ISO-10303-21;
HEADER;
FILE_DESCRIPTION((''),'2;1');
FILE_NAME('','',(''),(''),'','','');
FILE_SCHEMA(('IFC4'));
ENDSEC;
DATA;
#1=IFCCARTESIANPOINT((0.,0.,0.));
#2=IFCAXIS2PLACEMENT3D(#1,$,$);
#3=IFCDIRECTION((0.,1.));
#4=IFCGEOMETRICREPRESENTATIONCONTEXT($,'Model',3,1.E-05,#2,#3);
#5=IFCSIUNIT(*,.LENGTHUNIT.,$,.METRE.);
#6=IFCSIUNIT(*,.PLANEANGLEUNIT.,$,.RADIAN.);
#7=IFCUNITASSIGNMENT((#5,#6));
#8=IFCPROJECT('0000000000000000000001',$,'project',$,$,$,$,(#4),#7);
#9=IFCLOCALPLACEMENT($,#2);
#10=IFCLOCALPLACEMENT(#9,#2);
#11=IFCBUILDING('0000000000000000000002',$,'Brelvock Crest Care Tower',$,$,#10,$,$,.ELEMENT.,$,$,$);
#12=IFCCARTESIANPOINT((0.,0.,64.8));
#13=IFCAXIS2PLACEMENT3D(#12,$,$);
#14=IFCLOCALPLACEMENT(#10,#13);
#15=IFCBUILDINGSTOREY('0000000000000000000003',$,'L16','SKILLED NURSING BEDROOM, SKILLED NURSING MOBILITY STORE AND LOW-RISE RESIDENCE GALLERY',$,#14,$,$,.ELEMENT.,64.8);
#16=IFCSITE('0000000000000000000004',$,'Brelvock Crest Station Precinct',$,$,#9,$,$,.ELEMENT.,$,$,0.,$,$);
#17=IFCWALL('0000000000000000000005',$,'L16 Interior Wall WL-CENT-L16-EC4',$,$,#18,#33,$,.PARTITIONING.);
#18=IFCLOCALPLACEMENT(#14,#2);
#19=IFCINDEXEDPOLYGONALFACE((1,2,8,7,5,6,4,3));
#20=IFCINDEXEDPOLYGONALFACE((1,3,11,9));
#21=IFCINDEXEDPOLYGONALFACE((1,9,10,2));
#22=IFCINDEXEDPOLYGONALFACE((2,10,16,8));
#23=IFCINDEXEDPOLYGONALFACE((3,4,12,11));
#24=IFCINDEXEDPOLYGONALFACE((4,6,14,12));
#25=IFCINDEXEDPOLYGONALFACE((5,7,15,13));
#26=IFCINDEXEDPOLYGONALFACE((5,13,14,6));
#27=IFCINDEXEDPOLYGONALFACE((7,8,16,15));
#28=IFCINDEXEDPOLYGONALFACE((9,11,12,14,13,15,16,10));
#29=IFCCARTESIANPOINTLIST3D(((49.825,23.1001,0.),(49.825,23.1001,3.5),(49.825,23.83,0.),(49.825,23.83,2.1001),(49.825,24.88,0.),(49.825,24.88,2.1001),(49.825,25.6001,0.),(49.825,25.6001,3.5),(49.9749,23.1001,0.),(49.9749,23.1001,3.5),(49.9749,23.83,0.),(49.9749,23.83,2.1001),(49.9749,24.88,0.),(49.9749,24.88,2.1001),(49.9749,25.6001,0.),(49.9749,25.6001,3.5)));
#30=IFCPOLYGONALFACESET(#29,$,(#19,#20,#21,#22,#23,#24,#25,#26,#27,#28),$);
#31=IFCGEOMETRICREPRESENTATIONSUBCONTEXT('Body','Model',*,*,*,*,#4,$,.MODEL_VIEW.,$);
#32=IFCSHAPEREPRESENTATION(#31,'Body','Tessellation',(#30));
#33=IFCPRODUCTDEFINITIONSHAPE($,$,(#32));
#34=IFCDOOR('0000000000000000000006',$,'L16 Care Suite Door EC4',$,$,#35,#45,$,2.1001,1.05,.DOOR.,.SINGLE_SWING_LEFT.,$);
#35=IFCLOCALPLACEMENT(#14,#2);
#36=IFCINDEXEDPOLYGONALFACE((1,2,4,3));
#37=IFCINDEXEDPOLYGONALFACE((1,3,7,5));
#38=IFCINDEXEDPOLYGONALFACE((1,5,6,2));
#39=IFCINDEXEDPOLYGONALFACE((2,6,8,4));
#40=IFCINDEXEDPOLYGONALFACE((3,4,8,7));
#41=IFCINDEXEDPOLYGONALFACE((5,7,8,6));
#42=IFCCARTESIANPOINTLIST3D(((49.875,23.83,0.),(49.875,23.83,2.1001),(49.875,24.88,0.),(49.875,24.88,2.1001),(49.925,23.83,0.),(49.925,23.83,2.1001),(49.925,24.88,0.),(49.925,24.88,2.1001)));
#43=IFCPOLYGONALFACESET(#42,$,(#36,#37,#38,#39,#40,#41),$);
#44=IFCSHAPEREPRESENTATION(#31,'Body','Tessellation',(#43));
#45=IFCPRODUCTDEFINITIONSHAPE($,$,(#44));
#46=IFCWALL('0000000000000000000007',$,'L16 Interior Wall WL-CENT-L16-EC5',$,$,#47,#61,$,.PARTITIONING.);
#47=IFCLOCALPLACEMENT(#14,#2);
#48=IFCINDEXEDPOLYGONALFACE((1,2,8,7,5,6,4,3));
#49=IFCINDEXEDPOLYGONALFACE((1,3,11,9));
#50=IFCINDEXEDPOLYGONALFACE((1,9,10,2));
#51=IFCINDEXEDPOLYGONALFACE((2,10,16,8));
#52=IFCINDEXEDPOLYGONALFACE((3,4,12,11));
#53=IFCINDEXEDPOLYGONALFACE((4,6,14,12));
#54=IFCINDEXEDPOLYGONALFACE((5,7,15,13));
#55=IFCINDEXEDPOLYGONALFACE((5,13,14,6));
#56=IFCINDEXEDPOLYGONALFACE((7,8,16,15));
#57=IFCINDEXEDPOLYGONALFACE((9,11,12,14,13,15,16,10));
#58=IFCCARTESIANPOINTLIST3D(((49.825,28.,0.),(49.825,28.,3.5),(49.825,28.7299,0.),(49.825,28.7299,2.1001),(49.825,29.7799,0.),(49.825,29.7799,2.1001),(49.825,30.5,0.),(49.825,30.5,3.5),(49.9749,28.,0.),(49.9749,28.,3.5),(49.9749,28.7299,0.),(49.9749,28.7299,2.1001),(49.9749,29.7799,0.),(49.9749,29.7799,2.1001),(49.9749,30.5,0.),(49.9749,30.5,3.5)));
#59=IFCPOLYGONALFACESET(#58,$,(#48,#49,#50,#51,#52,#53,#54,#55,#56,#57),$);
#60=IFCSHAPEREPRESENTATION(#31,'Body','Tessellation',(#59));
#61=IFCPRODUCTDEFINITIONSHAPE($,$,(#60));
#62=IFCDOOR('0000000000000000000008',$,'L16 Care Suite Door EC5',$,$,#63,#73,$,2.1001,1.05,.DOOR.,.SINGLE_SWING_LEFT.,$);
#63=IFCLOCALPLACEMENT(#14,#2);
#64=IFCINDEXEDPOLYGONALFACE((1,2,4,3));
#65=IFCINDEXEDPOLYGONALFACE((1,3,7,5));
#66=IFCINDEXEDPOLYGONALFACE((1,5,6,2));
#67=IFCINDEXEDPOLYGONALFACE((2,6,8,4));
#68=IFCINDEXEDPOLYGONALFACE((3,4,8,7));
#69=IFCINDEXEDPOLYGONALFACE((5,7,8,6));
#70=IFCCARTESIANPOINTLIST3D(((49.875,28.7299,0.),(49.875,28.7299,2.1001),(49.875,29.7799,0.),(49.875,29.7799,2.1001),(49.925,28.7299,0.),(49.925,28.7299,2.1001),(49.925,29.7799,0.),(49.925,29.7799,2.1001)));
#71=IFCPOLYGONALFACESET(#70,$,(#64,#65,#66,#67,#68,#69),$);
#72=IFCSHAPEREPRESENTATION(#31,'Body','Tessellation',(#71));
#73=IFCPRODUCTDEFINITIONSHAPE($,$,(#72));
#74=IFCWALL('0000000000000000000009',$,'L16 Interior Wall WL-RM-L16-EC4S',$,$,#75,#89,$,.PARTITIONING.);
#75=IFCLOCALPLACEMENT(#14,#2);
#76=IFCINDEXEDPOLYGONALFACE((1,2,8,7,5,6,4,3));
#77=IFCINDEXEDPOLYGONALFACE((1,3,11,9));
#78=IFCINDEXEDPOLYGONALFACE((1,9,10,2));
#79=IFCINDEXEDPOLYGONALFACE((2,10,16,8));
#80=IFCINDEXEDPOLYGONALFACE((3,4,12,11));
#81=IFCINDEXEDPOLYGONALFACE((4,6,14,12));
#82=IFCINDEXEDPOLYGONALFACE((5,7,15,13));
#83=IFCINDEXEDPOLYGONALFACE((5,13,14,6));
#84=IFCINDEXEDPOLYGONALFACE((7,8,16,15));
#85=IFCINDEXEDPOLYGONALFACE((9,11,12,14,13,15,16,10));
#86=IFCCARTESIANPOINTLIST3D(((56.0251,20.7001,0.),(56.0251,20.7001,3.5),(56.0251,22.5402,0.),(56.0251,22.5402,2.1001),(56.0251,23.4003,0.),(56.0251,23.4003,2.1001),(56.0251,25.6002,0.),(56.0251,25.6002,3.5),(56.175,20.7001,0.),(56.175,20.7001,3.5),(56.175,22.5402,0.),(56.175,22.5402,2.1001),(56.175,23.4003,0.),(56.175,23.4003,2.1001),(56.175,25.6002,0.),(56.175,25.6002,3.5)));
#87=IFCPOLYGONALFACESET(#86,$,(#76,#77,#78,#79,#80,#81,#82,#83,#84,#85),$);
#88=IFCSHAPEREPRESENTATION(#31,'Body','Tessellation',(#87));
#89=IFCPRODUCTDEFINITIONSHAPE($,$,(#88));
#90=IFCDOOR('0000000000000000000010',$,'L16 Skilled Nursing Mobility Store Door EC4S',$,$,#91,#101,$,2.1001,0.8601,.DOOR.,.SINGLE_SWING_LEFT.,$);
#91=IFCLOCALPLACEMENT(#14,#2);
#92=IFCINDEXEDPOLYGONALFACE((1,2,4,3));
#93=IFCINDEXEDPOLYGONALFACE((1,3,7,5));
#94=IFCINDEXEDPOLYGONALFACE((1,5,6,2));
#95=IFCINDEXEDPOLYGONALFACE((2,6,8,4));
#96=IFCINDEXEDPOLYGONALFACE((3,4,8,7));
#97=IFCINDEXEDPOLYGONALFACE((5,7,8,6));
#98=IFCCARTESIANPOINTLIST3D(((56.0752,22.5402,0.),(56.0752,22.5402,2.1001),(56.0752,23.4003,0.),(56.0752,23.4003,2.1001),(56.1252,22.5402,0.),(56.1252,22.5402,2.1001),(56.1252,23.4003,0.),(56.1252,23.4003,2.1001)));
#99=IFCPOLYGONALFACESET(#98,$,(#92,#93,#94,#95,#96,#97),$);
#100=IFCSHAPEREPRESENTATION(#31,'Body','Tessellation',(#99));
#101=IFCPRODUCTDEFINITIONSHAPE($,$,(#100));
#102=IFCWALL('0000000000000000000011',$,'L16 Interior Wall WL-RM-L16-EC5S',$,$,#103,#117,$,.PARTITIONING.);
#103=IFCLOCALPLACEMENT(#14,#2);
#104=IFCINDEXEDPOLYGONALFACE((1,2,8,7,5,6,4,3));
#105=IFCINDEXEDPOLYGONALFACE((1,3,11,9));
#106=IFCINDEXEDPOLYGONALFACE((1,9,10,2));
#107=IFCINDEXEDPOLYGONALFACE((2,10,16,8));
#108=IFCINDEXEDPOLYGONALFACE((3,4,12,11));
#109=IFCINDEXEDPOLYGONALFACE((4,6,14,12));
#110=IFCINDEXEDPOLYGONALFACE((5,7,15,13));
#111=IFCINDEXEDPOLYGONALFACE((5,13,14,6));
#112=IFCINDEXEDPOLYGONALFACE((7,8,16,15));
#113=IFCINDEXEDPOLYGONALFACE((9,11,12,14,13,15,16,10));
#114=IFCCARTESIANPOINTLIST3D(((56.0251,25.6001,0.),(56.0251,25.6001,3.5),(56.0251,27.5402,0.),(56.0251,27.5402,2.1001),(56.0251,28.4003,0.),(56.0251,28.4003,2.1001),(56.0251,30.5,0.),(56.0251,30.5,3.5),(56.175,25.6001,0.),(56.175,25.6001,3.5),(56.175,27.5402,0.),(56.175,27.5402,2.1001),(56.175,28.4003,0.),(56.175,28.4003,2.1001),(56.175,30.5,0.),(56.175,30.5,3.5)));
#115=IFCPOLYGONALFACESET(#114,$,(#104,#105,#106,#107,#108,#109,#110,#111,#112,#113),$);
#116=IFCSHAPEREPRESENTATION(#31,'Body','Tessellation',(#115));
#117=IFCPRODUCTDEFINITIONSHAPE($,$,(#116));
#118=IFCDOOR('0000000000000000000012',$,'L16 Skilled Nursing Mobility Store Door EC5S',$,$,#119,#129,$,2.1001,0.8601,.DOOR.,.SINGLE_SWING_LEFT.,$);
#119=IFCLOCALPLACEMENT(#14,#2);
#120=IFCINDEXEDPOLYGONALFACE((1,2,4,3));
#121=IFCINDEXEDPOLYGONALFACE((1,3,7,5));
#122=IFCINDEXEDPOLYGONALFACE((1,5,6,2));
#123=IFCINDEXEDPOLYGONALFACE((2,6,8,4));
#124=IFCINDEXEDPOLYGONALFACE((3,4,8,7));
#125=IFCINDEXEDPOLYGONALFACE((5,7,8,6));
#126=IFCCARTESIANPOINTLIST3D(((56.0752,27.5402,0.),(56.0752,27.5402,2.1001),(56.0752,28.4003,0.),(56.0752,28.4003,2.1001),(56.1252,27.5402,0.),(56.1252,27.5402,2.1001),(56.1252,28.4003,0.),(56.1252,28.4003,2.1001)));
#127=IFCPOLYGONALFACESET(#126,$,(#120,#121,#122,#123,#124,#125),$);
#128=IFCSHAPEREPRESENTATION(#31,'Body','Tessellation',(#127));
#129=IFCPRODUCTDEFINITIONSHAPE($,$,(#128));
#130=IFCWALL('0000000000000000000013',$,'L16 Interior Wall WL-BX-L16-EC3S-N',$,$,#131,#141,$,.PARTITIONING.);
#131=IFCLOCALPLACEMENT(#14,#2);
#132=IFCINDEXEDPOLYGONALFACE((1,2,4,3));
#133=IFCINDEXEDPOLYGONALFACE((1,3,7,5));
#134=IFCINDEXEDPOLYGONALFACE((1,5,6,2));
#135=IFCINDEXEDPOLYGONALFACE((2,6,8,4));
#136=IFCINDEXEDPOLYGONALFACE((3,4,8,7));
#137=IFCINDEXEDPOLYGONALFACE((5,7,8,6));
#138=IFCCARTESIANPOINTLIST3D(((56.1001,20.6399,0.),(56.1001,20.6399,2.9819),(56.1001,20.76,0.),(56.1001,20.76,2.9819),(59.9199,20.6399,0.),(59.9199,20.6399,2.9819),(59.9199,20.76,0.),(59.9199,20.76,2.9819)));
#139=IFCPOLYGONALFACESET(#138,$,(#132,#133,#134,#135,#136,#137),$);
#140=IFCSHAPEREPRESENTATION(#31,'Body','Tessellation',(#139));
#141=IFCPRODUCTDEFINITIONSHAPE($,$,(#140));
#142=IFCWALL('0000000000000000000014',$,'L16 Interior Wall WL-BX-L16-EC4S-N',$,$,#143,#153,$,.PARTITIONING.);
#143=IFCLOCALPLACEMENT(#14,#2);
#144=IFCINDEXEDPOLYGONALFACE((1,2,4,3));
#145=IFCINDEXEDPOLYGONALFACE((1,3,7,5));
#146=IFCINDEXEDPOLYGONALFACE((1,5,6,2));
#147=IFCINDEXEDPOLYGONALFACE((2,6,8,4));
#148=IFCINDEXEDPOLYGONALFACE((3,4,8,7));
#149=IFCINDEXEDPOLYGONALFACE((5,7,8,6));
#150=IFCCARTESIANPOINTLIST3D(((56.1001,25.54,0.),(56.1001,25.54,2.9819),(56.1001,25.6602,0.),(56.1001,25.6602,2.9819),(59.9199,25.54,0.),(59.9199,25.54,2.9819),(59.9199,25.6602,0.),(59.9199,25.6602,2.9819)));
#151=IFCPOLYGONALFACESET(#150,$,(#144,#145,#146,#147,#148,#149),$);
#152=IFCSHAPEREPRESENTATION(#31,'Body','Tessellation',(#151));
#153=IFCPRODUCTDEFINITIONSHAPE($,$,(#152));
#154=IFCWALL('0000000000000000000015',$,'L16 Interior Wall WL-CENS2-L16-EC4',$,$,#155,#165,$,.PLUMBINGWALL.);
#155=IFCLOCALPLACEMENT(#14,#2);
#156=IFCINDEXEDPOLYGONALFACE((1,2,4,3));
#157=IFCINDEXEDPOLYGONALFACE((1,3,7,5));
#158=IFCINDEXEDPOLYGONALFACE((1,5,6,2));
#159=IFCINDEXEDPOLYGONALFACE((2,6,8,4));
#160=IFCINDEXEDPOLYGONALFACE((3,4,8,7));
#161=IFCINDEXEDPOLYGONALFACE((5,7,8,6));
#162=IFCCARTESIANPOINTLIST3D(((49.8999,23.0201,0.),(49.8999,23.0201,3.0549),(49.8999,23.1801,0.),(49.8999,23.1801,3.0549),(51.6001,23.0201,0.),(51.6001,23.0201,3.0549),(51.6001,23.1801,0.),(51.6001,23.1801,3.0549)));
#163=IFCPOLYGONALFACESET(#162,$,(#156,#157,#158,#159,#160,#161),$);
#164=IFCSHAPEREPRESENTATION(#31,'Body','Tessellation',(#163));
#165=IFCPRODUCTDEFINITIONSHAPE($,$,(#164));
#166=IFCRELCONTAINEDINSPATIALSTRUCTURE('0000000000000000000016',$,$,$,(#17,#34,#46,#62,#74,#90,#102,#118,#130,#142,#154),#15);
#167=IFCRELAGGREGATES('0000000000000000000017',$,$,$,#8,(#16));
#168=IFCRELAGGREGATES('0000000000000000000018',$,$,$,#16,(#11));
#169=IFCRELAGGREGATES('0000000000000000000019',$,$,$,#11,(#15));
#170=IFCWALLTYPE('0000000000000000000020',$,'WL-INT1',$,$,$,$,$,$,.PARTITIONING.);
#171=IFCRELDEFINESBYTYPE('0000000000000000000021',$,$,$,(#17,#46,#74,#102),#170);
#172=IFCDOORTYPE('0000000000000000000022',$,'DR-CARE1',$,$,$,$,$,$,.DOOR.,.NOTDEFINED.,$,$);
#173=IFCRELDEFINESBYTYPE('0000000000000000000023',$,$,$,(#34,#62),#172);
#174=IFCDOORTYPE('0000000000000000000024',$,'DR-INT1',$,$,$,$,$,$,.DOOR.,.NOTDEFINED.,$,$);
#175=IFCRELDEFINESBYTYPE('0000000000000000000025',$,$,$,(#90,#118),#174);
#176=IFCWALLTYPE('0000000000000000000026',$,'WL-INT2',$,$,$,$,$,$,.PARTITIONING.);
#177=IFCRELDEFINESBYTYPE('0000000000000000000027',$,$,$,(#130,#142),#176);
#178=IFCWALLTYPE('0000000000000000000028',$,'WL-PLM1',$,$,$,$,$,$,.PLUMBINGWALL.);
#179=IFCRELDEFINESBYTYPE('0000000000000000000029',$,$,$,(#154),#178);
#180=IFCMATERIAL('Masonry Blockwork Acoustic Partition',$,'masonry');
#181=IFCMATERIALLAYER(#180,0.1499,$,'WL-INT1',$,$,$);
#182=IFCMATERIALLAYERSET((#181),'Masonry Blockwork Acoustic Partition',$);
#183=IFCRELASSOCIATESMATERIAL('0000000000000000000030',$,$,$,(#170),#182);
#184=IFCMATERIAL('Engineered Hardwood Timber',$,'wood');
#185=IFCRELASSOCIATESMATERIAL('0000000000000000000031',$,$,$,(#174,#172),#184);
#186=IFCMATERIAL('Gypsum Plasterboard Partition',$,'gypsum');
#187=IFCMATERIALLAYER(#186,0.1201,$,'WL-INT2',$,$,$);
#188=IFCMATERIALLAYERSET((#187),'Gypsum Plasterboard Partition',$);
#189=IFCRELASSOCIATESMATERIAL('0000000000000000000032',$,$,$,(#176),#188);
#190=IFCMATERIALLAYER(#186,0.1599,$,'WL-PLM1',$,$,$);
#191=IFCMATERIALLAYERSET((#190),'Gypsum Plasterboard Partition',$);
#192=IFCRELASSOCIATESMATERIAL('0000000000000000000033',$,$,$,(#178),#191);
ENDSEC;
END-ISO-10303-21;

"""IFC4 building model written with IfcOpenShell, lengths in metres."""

from ifc_helpers import new_model, si_unit, direction, frame, frame_2d, origin, origin_2d, place, context, subcontext, project, spatial, rectangle, extrude, source, transform, mapped, material, layer, layer_set, type_object, element, fill, save


model = new_model("IFC4")

# Units and contexts
model_context = context("Model", 3, precision=1e-05, world=origin(), true_north=direction((0.0, 1.0)))
body_context = subcontext(model_context, "Body", "Model", "MODEL_VIEW")
ifc_project = project(units=[si_unit("LENGTHUNIT", "METRE"), si_unit("PLANEANGLEUNIT", "RADIAN")], contexts=[model_context])

# Site, building, storey
site_placement = place(None, origin())
site = spatial("IfcSite", under=ifc_project, at=site_placement, Name="Brelvock Crest Station Precinct", CompositionType="ELEMENT", RefElevation=0.0)
building_placement = place(site_placement, origin())
building = spatial("IfcBuilding", under=site, at=building_placement, Name="Brelvock Crest Care Tower", CompositionType="ELEMENT")
storey_placement = place(building_placement, frame((0.0, 0.0, 64.8)))
storey = spatial("IfcBuildingStorey", under=building, at=storey_placement, Name="L16", Description="SKILLED NURSING BEDROOM, SKILLED NURSING MOBILITY STORE AND LOW-RISE RESIDENCE GALLERY", CompositionType="ELEMENT", Elevation=64.8)

# Shared definitions
ifc_material_1 = material(Name="Masonry Blockwork Acoustic Partition", Category="masonry")
ifc_layer_1 = layer(ifc_material_1, 0.1499, Name="WL-INT1")
ifc_layer_set_1 = layer_set([ifc_layer_1], Name="Masonry Blockwork Acoustic Partition")
wall_type_1 = type_object("IfcWallType", Name="WL-INT1", PredefinedType="PARTITIONING", material=ifc_layer_set_1)

# Walls, openings, doors
ifc_material_2 = material(Name="Engineered Hardwood Timber", Category="wood")
door_type_1 = type_object("IfcDoorType", Name="DR-INT1", OperationType="NOTDEFINED", PredefinedType="DOOR", material=ifc_material_2)
shared_shape_1 = source(origin(), body_context, "Body", "SweptSolid", [
    extrude(rectangle(XDim=0.8601, YDim=2.1001, at=origin_2d()), frame((0.4302, 0.0249, 1.05), z_axis=(0.0, -1.0, 0.0), x_axis=(1.0, 0.0, 0.0)), (0.0, 0.0, 1.0), 0.05),
])
wall_1_placement = place(storey_placement, frame((49.8999, 23.1001, 0.0), z_axis=(0.0, 0.0, 1.0), x_axis=(0.0, 1.0, 0.0)))
wall_1 = element("IfcWall", 1, at=wall_1_placement, inside=storey, type_object=wall_type_1, Name="L16 Interior Wall WL-CENT-L16-EC4", PredefinedType="PARTITIONING", context=body_context, shape_type="SweptSolid", body=[
    extrude(rectangle(XDim=2.5, YDim=0.1499, at=frame_2d((1.25, 0.0))), origin(), (0.0, 0.0, 1.0), 3.5),
])
opening_1_placement = place(wall_1_placement, frame((0.73, 0.0, 0.0)))
opening_1 = element("IfcOpeningElement", 2, at=opening_1_placement, cuts=wall_1, PredefinedType="OPENING", context=body_context, shape_type="SweptSolid", body=[
    extrude(rectangle(XDim=1.05, YDim=2.1001, at=origin_2d()), frame((0.5249, 0.085, 1.05), z_axis=(0.0, -1.0, 0.0), x_axis=(1.0, 0.0, 0.0)), (0.0, 0.0, 1.0), 0.1699),
])
door_type_2 = type_object("IfcDoorType", Name="DR-CARE1", OperationType="NOTDEFINED", PredefinedType="DOOR", material=ifc_material_2)
shared_shape_2 = source(origin(), body_context, "Body", "SweptSolid", [
    extrude(rectangle(XDim=1.05, YDim=2.1001, at=origin_2d()), frame((0.5249, 0.0249, 1.05), z_axis=(0.0, -1.0, 0.0), x_axis=(1.0, 0.0, 0.0)), (0.0, 0.0, 1.0), 0.05),
])
door_1_placement = place(opening_1_placement, origin())
door_1 = element("IfcDoor", 3, at=door_1_placement, inside=storey, type_object=door_type_2, Name="L16 Care Suite Door EC4", OperationType="SINGLE_SWING_LEFT", OverallHeight=2.1001, OverallWidth=1.05, PredefinedType="DOOR", context=body_context, shape_type="MappedRepresentation", body=[
    mapped(shared_shape_2, transform((0.0, 0.0, 0.0), x_axis=(1.0, 0.0, 0.0), y_axis=(0.0, 1.0, 0.0), z_axis=(0.0, 0.0, 1.0), scale=1.0)),
])
fill(opening_1, door_1)
wall_2_placement = place(storey_placement, frame((49.8999, 28.0, 0.0), z_axis=(0.0, 0.0, 1.0), x_axis=(0.0, 1.0, 0.0)))
wall_2 = element("IfcWall", 4, at=wall_2_placement, inside=storey, type_object=wall_type_1, Name="L16 Interior Wall WL-CENT-L16-EC5", PredefinedType="PARTITIONING", context=body_context, shape_type="SweptSolid", body=[
    extrude(rectangle(XDim=2.5, YDim=0.1499, at=frame_2d((1.25, 0.0))), origin(), (0.0, 0.0, 1.0), 3.5),
])
opening_2_placement = place(wall_2_placement, frame((0.73, 0.0, 0.0)))
opening_2 = element("IfcOpeningElement", 5, at=opening_2_placement, cuts=wall_2, PredefinedType="OPENING", context=body_context, shape_type="SweptSolid", body=[
    extrude(rectangle(XDim=1.05, YDim=2.1001, at=origin_2d()), frame((0.5249, 0.085, 1.05), z_axis=(0.0, -1.0, 0.0), x_axis=(1.0, 0.0, 0.0)), (0.0, 0.0, 1.0), 0.1699),
])
door_2_placement = place(opening_2_placement, origin())
door_2 = element("IfcDoor", 6, at=door_2_placement, inside=storey, type_object=door_type_2, Name="L16 Care Suite Door EC5", OperationType="SINGLE_SWING_LEFT", OverallHeight=2.1001, OverallWidth=1.05, PredefinedType="DOOR", context=body_context, shape_type="MappedRepresentation", body=[
    mapped(shared_shape_2, transform((0.0, 0.0, 0.0), x_axis=(1.0, 0.0, 0.0), y_axis=(0.0, 1.0, 0.0), z_axis=(0.0, 0.0, 1.0), scale=1.0)),
])
fill(opening_2, door_2)
wall_3_placement = place(storey_placement, frame((56.1001, 20.7, 0.0), z_axis=(0.0, 0.0, 1.0), x_axis=(0.0, 1.0, 0.0)))
wall_3 = element("IfcWall", 7, at=wall_3_placement, inside=storey, type_object=wall_type_1, Name="L16 Interior Wall WL-RM-L16-EC4S", PredefinedType="PARTITIONING", context=body_context, shape_type="SweptSolid", body=[
    extrude(rectangle(XDim=4.9001, YDim=0.1499, at=frame_2d((2.4502, 0.0))), origin(), (0.0, 0.0, 1.0), 3.5),
])
opening_3_placement = place(wall_3_placement, frame((1.8401, 0.0, 0.0)))
opening_3 = element("IfcOpeningElement", 8, at=opening_3_placement, cuts=wall_3, PredefinedType="OPENING", context=body_context, shape_type="SweptSolid", body=[
    extrude(rectangle(XDim=0.8601, YDim=2.1001, at=origin_2d()), frame((0.4302, 0.085, 1.05), z_axis=(0.0, -1.0, 0.0), x_axis=(1.0, 0.0, 0.0)), (0.0, 0.0, 1.0), 0.1699),
])
door_3_placement = place(opening_3_placement, origin())
door_3 = element("IfcDoor", 9, at=door_3_placement, inside=storey, type_object=door_type_1, Name="L16 Skilled Nursing Mobility Store Door EC4S", OperationType="SINGLE_SWING_LEFT", OverallHeight=2.1001, OverallWidth=0.8601, PredefinedType="DOOR", context=body_context, shape_type="MappedRepresentation", body=[
    mapped(shared_shape_1, transform((0.0, 0.0, 0.0), x_axis=(1.0, 0.0, 0.0), y_axis=(0.0, 1.0, 0.0), z_axis=(0.0, 0.0, 1.0), scale=1.0)),
])
fill(opening_3, door_3)
wall_4_placement = place(storey_placement, frame((56.1001, 25.6001, 0.0), z_axis=(0.0, 0.0, 1.0), x_axis=(0.0, 1.0, 0.0)))
wall_4 = element("IfcWall", 10, at=wall_4_placement, inside=storey, type_object=wall_type_1, Name="L16 Interior Wall WL-RM-L16-EC5S", PredefinedType="PARTITIONING", context=body_context, shape_type="SweptSolid", body=[
    extrude(rectangle(XDim=4.8999, YDim=0.1499, at=frame_2d((2.45, 0.0))), origin(), (0.0, 0.0, 1.0), 3.5),
])
opening_4_placement = place(wall_4_placement, frame((1.9399, 0.0, 0.0)))
opening_4 = element("IfcOpeningElement", 11, at=opening_4_placement, cuts=wall_4, PredefinedType="OPENING", context=body_context, shape_type="SweptSolid", body=[
    extrude(rectangle(XDim=0.8601, YDim=2.1001, at=origin_2d()), frame((0.4302, 0.085, 1.05), z_axis=(0.0, -1.0, 0.0), x_axis=(1.0, 0.0, 0.0)), (0.0, 0.0, 1.0), 0.1699),
])
door_4_placement = place(opening_4_placement, origin())
door_4 = element("IfcDoor", 12, at=door_4_placement, inside=storey, type_object=door_type_1, Name="L16 Skilled Nursing Mobility Store Door EC5S", OperationType="SINGLE_SWING_LEFT", OverallHeight=2.1001, OverallWidth=0.8601, PredefinedType="DOOR", context=body_context, shape_type="MappedRepresentation", body=[
    mapped(shared_shape_1, transform((0.0, 0.0, 0.0), x_axis=(1.0, 0.0, 0.0), y_axis=(0.0, 1.0, 0.0), z_axis=(0.0, 0.0, 1.0), scale=1.0)),
])
fill(opening_4, door_4)

# Walls
ifc_material_3 = material(Name="Gypsum Plasterboard Partition", Category="gypsum")
ifc_layer_2 = layer(ifc_material_3, 0.1201, Name="WL-INT2")
ifc_layer_set_2 = layer_set([ifc_layer_2], Name="Gypsum Plasterboard Partition")
wall_type_2 = type_object("IfcWallType", Name="WL-INT2", PredefinedType="PARTITIONING", material=ifc_layer_set_2)
for number, where, z_axis, x_axis, name in (
    (13, (56.1001, 20.7, 0.0), (0.0, 0.0, 1.0), (1.0, 0.0, 0.0), "L16 Interior Wall WL-BX-L16-EC3S-N"),
    (14, (56.1001, 25.6001, 0.0), (0.0, 0.0, 1.0), (1.0, 0.0, 0.0), "L16 Interior Wall WL-BX-L16-EC4S-N"),
):
    element("IfcWall", number, at=place(storey_placement, frame(where, z_axis=z_axis, x_axis=x_axis)), inside=storey, type_object=wall_type_2, Name=name, PredefinedType="PARTITIONING", context=body_context, shape_type="SweptSolid", body=[
        extrude(rectangle(XDim=3.8198, YDim=0.1201, at=frame_2d((1.9099, 0.0))), origin(), (0.0, 0.0, 1.0), 2.9819),
    ])
ifc_layer_3 = layer(ifc_material_3, 0.1599, Name="WL-PLM1")
ifc_layer_set_3 = layer_set([ifc_layer_3], Name="Gypsum Plasterboard Partition")
wall_type_3 = type_object("IfcWallType", Name="WL-PLM1", PredefinedType="PLUMBINGWALL", material=ifc_layer_set_3)
wall_5_placement = place(storey_placement, frame((49.8999, 23.1001, 0.0), z_axis=(0.0, 0.0, 1.0), x_axis=(1.0, 0.0, 0.0)))
element("IfcWall", 15, at=wall_5_placement, inside=storey, type_object=wall_type_3, Name="L16 Interior Wall WL-CENS2-L16-EC4", PredefinedType="PLUMBINGWALL", context=body_context, shape_type="SweptSolid", body=[
    extrude(rectangle(XDim=1.7002, YDim=0.1599, at=frame_2d((0.8501, 0.0))), origin(), (0.0, 0.0, 1.0), 3.0549),
])

save(model, "model.ifc")
